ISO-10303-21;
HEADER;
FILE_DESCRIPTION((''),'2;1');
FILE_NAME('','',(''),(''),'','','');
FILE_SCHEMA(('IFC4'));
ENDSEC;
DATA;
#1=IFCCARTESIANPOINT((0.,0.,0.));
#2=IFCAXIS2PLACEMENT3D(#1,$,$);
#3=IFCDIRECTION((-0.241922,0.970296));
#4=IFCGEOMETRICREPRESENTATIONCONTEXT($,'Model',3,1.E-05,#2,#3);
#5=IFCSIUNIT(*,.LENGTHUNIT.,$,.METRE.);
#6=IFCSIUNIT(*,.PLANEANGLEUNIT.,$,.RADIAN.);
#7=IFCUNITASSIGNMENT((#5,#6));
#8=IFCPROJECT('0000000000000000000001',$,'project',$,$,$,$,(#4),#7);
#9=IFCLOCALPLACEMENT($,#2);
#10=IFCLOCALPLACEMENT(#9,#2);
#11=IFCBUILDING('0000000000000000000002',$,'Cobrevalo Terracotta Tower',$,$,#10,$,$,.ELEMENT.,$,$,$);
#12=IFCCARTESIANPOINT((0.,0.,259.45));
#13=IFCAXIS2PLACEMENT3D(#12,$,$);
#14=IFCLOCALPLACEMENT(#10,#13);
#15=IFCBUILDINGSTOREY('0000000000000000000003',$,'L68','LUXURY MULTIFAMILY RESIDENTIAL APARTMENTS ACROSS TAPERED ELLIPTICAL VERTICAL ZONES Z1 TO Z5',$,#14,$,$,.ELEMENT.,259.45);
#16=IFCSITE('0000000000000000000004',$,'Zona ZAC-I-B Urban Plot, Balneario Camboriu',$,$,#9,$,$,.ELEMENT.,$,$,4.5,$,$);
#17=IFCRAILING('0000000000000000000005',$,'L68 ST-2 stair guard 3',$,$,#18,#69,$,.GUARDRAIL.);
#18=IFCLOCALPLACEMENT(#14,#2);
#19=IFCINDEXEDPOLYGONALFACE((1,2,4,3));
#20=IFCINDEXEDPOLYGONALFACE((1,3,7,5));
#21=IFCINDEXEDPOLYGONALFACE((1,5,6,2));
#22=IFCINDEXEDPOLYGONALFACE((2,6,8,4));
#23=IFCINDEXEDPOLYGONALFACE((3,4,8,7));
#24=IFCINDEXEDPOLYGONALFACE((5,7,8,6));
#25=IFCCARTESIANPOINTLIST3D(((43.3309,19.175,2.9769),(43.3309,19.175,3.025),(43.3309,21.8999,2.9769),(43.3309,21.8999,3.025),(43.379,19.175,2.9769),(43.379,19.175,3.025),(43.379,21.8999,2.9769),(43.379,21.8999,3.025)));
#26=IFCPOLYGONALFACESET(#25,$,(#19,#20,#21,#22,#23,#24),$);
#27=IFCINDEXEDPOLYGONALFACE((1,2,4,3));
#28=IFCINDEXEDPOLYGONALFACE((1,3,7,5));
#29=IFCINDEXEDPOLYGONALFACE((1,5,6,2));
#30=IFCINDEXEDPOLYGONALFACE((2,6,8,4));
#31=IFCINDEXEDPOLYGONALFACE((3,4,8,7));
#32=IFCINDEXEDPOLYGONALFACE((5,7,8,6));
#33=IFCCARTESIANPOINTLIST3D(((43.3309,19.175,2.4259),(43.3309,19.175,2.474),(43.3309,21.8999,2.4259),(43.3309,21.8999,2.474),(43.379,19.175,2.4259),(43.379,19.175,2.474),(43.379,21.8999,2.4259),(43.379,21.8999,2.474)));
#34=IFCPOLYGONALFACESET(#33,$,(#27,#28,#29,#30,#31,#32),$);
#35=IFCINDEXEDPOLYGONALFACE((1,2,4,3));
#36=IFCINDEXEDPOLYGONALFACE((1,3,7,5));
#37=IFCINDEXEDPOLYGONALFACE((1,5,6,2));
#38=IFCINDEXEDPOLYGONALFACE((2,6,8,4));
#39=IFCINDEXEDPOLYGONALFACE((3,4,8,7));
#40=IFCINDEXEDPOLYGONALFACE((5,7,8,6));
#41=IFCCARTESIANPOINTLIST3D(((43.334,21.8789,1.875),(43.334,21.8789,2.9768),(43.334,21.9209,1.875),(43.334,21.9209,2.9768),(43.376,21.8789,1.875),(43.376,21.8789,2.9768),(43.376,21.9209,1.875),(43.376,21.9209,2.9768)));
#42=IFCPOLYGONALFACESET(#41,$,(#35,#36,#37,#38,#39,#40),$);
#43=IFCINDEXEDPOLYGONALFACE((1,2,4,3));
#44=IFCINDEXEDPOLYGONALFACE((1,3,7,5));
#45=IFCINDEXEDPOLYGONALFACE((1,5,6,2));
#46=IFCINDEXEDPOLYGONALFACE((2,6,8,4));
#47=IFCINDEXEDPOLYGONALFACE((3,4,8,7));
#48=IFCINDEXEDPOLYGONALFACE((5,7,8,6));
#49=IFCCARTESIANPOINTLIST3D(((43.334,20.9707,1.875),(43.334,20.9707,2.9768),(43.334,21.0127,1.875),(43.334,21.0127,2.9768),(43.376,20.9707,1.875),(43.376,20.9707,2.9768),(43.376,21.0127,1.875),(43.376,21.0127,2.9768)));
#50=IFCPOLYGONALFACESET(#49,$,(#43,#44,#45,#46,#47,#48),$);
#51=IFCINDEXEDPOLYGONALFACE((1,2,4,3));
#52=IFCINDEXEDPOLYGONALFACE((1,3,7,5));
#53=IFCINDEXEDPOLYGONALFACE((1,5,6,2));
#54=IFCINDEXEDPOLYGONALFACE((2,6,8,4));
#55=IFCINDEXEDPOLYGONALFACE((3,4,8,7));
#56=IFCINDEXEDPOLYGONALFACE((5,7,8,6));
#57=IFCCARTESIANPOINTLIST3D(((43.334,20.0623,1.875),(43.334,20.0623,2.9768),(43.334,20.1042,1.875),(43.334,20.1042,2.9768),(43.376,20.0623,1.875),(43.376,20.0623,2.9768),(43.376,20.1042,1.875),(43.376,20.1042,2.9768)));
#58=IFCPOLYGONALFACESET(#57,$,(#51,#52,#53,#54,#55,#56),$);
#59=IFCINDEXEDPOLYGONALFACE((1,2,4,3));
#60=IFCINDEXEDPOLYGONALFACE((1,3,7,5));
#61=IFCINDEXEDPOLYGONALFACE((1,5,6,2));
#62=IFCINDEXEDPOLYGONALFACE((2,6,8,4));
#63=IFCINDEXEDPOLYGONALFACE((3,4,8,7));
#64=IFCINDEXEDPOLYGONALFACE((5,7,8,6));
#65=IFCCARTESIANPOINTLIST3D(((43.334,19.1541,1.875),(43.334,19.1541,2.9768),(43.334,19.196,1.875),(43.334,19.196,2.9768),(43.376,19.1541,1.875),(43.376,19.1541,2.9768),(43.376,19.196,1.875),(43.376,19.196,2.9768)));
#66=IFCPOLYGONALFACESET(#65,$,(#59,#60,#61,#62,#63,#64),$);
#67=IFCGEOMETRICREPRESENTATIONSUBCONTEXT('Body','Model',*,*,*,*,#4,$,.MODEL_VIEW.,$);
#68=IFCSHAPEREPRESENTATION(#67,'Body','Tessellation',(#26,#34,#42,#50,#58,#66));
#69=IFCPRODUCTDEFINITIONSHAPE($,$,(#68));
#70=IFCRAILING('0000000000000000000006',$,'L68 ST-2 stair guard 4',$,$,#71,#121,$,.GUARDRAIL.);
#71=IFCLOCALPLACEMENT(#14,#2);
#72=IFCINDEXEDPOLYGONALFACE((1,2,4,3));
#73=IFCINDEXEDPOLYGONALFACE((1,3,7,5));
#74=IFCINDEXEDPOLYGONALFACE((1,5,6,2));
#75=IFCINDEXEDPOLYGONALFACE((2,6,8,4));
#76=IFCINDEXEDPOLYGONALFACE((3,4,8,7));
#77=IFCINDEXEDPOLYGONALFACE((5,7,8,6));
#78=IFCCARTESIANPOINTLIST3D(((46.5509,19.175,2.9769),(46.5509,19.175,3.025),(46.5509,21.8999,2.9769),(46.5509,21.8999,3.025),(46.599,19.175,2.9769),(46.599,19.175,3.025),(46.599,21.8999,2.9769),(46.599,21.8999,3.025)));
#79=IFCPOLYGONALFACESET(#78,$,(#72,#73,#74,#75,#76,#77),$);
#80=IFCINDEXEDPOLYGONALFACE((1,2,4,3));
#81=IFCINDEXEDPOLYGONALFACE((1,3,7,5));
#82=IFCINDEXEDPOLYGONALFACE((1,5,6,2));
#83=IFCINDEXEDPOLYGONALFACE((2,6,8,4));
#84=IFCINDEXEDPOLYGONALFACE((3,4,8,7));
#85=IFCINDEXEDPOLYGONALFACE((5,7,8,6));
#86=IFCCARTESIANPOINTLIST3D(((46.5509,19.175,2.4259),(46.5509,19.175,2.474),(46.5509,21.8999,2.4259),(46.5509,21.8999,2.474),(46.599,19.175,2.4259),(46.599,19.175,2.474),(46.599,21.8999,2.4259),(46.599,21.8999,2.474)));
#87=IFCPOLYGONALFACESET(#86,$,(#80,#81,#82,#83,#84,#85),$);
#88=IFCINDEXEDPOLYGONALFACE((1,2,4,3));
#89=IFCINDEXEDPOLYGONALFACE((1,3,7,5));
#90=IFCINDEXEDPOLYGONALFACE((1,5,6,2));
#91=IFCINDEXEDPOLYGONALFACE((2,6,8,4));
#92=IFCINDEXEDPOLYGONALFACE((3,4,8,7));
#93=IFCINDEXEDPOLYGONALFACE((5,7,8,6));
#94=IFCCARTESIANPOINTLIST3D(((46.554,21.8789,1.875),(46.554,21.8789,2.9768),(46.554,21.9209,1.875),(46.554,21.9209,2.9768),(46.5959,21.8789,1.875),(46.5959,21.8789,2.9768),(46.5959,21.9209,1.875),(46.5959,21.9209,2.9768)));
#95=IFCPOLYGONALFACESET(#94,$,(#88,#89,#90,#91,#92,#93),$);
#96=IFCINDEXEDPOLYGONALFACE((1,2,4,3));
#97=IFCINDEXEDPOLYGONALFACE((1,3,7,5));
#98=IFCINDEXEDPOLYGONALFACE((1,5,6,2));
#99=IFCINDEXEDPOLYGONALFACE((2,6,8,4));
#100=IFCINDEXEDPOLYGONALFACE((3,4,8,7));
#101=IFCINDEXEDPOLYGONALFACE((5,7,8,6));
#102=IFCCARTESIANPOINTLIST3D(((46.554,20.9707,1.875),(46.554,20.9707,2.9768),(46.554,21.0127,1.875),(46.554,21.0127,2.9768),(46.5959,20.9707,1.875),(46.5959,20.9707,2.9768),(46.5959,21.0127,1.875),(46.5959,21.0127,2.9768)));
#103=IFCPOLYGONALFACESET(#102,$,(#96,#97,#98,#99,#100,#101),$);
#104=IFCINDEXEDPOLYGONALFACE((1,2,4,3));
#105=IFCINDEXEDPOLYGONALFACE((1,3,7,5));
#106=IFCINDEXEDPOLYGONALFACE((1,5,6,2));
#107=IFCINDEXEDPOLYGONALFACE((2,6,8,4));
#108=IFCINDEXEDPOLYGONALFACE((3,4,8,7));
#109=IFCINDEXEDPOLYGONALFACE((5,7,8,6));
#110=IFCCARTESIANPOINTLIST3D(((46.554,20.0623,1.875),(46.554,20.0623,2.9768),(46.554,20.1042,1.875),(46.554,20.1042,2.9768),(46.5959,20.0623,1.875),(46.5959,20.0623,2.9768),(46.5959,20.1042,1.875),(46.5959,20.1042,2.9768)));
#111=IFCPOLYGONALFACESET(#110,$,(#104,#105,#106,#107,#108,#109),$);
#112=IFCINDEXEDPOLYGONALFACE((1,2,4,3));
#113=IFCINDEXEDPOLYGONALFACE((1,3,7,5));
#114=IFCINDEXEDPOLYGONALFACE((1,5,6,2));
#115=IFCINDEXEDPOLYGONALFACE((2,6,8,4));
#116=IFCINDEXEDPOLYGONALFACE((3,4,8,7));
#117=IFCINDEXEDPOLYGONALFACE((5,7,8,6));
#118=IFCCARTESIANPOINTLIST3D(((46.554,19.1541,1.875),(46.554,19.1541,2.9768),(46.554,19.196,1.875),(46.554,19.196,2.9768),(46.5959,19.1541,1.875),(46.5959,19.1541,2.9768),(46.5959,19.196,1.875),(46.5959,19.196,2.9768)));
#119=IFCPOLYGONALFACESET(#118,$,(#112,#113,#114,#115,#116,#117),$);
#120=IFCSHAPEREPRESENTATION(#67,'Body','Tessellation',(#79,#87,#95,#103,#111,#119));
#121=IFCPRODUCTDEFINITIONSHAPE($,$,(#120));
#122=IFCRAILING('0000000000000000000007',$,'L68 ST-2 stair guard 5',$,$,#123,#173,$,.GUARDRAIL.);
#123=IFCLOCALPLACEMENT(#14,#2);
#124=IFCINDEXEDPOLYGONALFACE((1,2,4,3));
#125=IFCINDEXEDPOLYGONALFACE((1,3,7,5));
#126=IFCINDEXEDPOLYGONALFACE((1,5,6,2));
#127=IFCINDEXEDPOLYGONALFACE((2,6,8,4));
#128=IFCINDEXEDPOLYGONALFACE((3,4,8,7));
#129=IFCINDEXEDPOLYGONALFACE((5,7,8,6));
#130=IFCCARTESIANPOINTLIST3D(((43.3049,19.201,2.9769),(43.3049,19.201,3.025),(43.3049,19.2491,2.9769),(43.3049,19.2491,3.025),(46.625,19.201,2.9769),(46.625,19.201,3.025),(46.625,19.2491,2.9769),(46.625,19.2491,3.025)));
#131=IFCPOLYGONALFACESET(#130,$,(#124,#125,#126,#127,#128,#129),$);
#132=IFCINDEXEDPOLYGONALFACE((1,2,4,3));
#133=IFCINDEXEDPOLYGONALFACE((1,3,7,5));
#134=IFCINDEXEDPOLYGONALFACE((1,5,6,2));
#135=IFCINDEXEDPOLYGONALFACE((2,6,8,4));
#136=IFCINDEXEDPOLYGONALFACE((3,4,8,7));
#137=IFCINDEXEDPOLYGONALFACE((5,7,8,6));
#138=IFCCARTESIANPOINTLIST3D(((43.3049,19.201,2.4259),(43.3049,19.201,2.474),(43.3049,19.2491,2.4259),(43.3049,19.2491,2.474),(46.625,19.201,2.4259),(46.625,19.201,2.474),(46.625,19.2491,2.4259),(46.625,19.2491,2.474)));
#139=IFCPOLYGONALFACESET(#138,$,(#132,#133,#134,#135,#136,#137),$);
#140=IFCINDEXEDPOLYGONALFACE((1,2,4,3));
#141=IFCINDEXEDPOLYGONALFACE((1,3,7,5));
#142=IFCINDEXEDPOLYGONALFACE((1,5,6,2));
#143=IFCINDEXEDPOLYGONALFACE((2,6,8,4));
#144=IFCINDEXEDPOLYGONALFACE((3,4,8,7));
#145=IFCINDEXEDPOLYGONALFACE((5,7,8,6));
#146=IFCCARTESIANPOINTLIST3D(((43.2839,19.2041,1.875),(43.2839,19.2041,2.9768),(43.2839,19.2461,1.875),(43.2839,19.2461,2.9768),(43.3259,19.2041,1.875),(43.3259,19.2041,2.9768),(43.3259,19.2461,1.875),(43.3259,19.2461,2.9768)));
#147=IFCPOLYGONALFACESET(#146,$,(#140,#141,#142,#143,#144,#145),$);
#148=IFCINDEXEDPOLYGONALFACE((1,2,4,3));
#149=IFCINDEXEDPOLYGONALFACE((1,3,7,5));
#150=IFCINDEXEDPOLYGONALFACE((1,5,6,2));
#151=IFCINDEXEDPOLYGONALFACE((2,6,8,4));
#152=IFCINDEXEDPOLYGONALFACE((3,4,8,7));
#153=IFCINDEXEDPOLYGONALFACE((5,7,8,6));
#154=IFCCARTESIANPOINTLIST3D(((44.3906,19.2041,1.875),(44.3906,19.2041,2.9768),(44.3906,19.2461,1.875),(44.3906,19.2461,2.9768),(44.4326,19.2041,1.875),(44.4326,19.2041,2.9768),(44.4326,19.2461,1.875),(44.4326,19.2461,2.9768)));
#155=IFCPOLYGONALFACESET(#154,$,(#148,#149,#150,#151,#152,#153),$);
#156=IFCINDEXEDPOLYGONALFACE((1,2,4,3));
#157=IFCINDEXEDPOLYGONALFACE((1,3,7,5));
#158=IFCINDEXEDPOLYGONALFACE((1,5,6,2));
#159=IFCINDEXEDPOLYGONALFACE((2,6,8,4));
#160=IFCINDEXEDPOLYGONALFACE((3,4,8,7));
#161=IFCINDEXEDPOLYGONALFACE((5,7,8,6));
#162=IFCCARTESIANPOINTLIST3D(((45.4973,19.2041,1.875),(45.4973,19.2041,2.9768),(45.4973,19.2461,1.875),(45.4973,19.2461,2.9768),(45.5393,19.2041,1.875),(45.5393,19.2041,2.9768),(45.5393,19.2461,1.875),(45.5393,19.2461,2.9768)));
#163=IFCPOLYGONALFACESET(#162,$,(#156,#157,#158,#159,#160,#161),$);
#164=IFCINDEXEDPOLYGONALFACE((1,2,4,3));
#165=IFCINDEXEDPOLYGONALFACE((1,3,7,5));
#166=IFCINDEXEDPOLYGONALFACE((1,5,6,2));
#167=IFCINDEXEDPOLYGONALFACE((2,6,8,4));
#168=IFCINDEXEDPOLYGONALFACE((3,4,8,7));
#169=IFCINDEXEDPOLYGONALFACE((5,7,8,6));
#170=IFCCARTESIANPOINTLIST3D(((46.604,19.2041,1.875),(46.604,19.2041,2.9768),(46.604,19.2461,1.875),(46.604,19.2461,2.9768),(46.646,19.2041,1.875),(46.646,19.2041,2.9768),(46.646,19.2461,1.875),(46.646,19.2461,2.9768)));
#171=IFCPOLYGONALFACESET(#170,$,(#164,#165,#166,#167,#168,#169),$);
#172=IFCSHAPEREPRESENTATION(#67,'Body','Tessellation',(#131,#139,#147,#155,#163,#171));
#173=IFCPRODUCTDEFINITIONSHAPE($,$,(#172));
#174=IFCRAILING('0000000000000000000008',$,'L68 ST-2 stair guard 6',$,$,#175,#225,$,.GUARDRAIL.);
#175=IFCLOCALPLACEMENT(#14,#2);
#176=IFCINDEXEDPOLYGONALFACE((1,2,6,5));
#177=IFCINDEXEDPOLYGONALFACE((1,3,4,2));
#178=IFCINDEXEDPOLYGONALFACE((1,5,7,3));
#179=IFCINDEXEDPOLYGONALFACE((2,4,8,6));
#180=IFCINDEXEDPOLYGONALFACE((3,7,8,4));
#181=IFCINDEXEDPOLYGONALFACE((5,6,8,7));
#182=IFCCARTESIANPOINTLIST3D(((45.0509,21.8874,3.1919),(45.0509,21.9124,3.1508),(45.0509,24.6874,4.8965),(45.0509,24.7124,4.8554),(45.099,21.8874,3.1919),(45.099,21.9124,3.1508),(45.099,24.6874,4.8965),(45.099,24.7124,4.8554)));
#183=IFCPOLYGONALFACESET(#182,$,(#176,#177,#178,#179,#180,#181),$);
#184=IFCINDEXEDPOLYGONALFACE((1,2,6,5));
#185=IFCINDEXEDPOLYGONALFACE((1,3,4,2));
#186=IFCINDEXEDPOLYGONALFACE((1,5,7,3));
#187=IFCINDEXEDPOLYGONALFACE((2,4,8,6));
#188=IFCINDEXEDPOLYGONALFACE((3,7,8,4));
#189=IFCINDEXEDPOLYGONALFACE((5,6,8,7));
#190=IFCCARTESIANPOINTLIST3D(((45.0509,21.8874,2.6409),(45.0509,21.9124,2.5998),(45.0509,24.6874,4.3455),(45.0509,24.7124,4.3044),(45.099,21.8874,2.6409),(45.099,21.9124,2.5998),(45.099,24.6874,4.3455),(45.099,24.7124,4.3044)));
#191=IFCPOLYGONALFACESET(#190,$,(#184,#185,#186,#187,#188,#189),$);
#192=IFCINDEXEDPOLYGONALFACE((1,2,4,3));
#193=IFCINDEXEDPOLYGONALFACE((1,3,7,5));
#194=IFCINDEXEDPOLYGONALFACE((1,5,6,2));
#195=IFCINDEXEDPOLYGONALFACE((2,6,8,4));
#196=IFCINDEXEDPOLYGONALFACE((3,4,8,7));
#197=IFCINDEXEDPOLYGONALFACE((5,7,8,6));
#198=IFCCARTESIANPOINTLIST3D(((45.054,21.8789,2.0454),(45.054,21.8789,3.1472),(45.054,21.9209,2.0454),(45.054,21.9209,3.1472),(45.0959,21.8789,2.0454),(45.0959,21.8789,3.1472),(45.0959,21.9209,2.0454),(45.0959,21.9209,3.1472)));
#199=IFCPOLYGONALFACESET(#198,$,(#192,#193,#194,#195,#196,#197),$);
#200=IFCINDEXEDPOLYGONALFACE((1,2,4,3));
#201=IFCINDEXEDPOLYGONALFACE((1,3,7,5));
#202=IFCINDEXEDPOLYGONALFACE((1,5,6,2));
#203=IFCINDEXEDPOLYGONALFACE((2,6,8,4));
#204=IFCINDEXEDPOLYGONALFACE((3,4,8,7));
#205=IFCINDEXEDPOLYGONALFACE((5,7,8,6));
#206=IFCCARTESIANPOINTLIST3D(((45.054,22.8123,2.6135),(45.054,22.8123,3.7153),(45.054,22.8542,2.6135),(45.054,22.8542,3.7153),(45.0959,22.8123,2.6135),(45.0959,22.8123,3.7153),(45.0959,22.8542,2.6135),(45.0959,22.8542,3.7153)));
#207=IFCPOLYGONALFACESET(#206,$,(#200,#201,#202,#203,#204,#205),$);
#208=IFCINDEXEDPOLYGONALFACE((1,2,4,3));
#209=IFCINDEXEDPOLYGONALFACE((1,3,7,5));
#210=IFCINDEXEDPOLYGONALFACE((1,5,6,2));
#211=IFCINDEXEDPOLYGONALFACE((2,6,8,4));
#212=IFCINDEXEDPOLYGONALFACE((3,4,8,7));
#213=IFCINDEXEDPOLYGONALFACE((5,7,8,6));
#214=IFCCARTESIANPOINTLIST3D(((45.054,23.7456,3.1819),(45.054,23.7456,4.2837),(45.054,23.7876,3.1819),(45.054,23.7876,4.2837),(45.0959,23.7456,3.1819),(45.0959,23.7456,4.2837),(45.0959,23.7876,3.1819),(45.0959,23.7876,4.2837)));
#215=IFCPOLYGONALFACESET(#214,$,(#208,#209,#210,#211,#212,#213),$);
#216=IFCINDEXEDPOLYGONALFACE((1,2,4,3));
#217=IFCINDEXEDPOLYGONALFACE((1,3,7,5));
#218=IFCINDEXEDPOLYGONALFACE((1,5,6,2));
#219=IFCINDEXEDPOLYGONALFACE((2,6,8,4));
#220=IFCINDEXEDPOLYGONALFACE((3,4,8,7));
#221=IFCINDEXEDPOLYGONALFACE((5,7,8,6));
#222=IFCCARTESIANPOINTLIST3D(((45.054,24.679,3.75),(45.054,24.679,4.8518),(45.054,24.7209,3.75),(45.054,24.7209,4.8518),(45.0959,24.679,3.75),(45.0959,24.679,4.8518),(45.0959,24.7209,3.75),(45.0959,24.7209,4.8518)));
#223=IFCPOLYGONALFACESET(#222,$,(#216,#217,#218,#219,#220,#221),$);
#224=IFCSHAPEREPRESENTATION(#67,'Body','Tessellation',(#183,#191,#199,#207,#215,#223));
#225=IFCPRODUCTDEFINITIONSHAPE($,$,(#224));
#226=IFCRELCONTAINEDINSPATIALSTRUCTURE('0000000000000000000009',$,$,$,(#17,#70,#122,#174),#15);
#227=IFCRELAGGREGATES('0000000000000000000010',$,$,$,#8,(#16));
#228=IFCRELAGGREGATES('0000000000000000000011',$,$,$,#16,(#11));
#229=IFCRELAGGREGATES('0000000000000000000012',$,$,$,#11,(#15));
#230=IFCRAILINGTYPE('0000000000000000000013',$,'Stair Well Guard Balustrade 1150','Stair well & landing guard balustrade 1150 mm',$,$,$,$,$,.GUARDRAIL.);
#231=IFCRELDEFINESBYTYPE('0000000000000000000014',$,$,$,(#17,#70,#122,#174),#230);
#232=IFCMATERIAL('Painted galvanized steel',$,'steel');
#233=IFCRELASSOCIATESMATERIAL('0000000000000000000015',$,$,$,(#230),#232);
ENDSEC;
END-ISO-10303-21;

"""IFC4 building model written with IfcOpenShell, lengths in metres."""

from ifc_helpers import new_model, si_unit, direction, frame, origin, origin_2d, place, context, subcontext, project, spatial, rectangle, extrude, material, type_object, element, save


model = new_model("IFC4")

# Units and contexts
model_context = context("Model", 3, precision=1e-05, world=origin(), true_north=direction((-0.241922, 0.970296)))
body_context = subcontext(model_context, "Body", "Model", "MODEL_VIEW")
ifc_project = project(units=[si_unit("LENGTHUNIT", "METRE"), si_unit("PLANEANGLEUNIT", "RADIAN")], contexts=[model_context])

# Site, building, storey
site_placement = place(None, origin())
site = spatial("IfcSite", under=ifc_project, at=site_placement, Name="Zona ZAC-I-B Urban Plot, Balneario Camboriu", CompositionType="ELEMENT", RefElevation=4.5)
building_placement = place(site_placement, origin())
building = spatial("IfcBuilding", under=site, at=building_placement, Name="Cobrevalo Terracotta Tower", CompositionType="ELEMENT")
storey_placement = place(building_placement, frame((0.0, 0.0, 259.45)))
storey = spatial("IfcBuildingStorey", under=building, at=storey_placement, Name="L68", Description="LUXURY MULTIFAMILY RESIDENTIAL APARTMENTS ACROSS TAPERED ELLIPTICAL VERTICAL ZONES Z1 TO Z5", CompositionType="ELEMENT", Elevation=259.45)

# Railings
ifc_material_1 = material(Name="Painted galvanized steel", Category="steel")
railing_type_1 = type_object("IfcRailingType", Name="Stair Well Guard Balustrade 1150", Description="Stair well & landing guard balustrade 1150 mm", PredefinedType="GUARDRAIL", material=ifc_material_1)
for number, where, name in (
    (1, (43.355, 21.8999, 1.875), "L68 ST-2 stair guard 3"),
    (2, (46.575, 21.8999, 1.875), "L68 ST-2 stair guard 4"),
):
    element("IfcRailing", number, at=place(storey_placement, frame(where)), inside=storey, type_object=railing_type_1, Name=name, PredefinedType="GUARDRAIL", context=body_context, shape_type="SweptSolid", body=[
        extrude(rectangle(XDim=0.0481, YDim=0.0481, at=origin_2d()), frame((0.0, 0.0, 1.126), z_axis=(0.0, -1.0, 0.0), x_axis=(1.0, 0.0, 0.0)), (0.0, 0.0, 1.0), 2.7249),
        extrude(rectangle(XDim=0.0481, YDim=0.0481, at=origin_2d()), frame((0.0, 0.0, 0.575), z_axis=(0.0, -1.0, 0.0), x_axis=(1.0, 0.0, 0.0)), (0.0, 0.0, 1.0), 2.7249),
        extrude(rectangle(XDim=0.042, YDim=0.042, at=origin_2d()), origin(), (0.0, 0.0, 1.0), 1.1018),
        extrude(rectangle(XDim=0.042, YDim=0.042, at=origin_2d()), frame((0.0, -0.9082, 0.0)), (0.0, 0.0, 1.0), 1.1018),
        extrude(rectangle(XDim=0.042, YDim=0.042, at=origin_2d()), frame((0.0, -1.8167, 0.0)), (0.0, 0.0, 1.0), 1.1018),
        extrude(rectangle(XDim=0.042, YDim=0.042, at=origin_2d()), frame((0.0, -2.7249, 0.0)), (0.0, 0.0, 1.0), 1.1018),
    ])
railing_1_placement = place(storey_placement, frame((43.3049, 19.2251, 1.875)))
element("IfcRailing", 3, at=railing_1_placement, inside=storey, type_object=railing_type_1, Name="L68 ST-2 stair guard 5", PredefinedType="GUARDRAIL", context=body_context, shape_type="SweptSolid", body=[
    extrude(rectangle(XDim=0.0481, YDim=0.0481, at=origin_2d()), frame((0.0, 0.0, 1.126), z_axis=(1.0, 0.0, 0.0), x_axis=(0.0, 1.0, 0.0)), (0.0, 0.0, 1.0), 3.3201),
    extrude(rectangle(XDim=0.0481, YDim=0.0481, at=origin_2d()), frame((0.0, 0.0, 0.575), z_axis=(1.0, 0.0, 0.0), x_axis=(0.0, 1.0, 0.0)), (0.0, 0.0, 1.0), 3.3201),
    extrude(rectangle(XDim=0.042, YDim=0.042, at=origin_2d()), origin(), (0.0, 0.0, 1.0), 1.1018),
    extrude(rectangle(XDim=0.042, YDim=0.042, at=origin_2d()), frame((1.1067, 0.0, 0.0)), (0.0, 0.0, 1.0), 1.1018),
    extrude(rectangle(XDim=0.042, YDim=0.042, at=origin_2d()), frame((2.2134, 0.0, 0.0)), (0.0, 0.0, 1.0), 1.1018),
    extrude(rectangle(XDim=0.042, YDim=0.042, at=origin_2d()), frame((3.3201, 0.0, 0.0)), (0.0, 0.0, 1.0), 1.1018),
])
railing_2_placement = place(storey_placement, frame((45.075, 21.8999, 2.0454)))
element("IfcRailing", 4, at=railing_2_placement, inside=storey, type_object=railing_type_1, Name="L68 ST-2 stair guard 6", PredefinedType="GUARDRAIL", context=body_context, shape_type="SweptSolid", body=[
    extrude(rectangle(XDim=0.0481, YDim=0.0481, at=origin_2d()), frame((0.0, 0.0, 1.126), z_axis=(0.0, 0.85417, 0.519994), x_axis=(-1.0, 0.0, 0.0)), (0.0, 0.0, 1.0), 3.2781),
    extrude(rectangle(XDim=0.0481, YDim=0.0481, at=origin_2d()), frame((0.0, 0.0, 0.575), z_axis=(0.0, 0.85417, 0.519994), x_axis=(-1.0, 0.0, 0.0)), (0.0, 0.0, 1.0), 3.2781),
    extrude(rectangle(XDim=0.042, YDim=0.042, at=origin_2d()), origin(), (0.0, 0.0, 1.0), 1.1018),
    extrude(rectangle(XDim=0.042, YDim=0.042, at=origin_2d()), frame((0.0, 0.9333, 0.5681)), (0.0, 0.0, 1.0), 1.1018),
    extrude(rectangle(XDim=0.042, YDim=0.042, at=origin_2d()), frame((0.0, 1.8667, 1.1365)), (0.0, 0.0, 1.0), 1.1018),
    extrude(rectangle(XDim=0.042, YDim=0.042, at=origin_2d()), frame((0.0, 2.8, 1.7046)), (0.0, 0.0, 1.0), 1.1018),
])

save(model, "model.ifc")
